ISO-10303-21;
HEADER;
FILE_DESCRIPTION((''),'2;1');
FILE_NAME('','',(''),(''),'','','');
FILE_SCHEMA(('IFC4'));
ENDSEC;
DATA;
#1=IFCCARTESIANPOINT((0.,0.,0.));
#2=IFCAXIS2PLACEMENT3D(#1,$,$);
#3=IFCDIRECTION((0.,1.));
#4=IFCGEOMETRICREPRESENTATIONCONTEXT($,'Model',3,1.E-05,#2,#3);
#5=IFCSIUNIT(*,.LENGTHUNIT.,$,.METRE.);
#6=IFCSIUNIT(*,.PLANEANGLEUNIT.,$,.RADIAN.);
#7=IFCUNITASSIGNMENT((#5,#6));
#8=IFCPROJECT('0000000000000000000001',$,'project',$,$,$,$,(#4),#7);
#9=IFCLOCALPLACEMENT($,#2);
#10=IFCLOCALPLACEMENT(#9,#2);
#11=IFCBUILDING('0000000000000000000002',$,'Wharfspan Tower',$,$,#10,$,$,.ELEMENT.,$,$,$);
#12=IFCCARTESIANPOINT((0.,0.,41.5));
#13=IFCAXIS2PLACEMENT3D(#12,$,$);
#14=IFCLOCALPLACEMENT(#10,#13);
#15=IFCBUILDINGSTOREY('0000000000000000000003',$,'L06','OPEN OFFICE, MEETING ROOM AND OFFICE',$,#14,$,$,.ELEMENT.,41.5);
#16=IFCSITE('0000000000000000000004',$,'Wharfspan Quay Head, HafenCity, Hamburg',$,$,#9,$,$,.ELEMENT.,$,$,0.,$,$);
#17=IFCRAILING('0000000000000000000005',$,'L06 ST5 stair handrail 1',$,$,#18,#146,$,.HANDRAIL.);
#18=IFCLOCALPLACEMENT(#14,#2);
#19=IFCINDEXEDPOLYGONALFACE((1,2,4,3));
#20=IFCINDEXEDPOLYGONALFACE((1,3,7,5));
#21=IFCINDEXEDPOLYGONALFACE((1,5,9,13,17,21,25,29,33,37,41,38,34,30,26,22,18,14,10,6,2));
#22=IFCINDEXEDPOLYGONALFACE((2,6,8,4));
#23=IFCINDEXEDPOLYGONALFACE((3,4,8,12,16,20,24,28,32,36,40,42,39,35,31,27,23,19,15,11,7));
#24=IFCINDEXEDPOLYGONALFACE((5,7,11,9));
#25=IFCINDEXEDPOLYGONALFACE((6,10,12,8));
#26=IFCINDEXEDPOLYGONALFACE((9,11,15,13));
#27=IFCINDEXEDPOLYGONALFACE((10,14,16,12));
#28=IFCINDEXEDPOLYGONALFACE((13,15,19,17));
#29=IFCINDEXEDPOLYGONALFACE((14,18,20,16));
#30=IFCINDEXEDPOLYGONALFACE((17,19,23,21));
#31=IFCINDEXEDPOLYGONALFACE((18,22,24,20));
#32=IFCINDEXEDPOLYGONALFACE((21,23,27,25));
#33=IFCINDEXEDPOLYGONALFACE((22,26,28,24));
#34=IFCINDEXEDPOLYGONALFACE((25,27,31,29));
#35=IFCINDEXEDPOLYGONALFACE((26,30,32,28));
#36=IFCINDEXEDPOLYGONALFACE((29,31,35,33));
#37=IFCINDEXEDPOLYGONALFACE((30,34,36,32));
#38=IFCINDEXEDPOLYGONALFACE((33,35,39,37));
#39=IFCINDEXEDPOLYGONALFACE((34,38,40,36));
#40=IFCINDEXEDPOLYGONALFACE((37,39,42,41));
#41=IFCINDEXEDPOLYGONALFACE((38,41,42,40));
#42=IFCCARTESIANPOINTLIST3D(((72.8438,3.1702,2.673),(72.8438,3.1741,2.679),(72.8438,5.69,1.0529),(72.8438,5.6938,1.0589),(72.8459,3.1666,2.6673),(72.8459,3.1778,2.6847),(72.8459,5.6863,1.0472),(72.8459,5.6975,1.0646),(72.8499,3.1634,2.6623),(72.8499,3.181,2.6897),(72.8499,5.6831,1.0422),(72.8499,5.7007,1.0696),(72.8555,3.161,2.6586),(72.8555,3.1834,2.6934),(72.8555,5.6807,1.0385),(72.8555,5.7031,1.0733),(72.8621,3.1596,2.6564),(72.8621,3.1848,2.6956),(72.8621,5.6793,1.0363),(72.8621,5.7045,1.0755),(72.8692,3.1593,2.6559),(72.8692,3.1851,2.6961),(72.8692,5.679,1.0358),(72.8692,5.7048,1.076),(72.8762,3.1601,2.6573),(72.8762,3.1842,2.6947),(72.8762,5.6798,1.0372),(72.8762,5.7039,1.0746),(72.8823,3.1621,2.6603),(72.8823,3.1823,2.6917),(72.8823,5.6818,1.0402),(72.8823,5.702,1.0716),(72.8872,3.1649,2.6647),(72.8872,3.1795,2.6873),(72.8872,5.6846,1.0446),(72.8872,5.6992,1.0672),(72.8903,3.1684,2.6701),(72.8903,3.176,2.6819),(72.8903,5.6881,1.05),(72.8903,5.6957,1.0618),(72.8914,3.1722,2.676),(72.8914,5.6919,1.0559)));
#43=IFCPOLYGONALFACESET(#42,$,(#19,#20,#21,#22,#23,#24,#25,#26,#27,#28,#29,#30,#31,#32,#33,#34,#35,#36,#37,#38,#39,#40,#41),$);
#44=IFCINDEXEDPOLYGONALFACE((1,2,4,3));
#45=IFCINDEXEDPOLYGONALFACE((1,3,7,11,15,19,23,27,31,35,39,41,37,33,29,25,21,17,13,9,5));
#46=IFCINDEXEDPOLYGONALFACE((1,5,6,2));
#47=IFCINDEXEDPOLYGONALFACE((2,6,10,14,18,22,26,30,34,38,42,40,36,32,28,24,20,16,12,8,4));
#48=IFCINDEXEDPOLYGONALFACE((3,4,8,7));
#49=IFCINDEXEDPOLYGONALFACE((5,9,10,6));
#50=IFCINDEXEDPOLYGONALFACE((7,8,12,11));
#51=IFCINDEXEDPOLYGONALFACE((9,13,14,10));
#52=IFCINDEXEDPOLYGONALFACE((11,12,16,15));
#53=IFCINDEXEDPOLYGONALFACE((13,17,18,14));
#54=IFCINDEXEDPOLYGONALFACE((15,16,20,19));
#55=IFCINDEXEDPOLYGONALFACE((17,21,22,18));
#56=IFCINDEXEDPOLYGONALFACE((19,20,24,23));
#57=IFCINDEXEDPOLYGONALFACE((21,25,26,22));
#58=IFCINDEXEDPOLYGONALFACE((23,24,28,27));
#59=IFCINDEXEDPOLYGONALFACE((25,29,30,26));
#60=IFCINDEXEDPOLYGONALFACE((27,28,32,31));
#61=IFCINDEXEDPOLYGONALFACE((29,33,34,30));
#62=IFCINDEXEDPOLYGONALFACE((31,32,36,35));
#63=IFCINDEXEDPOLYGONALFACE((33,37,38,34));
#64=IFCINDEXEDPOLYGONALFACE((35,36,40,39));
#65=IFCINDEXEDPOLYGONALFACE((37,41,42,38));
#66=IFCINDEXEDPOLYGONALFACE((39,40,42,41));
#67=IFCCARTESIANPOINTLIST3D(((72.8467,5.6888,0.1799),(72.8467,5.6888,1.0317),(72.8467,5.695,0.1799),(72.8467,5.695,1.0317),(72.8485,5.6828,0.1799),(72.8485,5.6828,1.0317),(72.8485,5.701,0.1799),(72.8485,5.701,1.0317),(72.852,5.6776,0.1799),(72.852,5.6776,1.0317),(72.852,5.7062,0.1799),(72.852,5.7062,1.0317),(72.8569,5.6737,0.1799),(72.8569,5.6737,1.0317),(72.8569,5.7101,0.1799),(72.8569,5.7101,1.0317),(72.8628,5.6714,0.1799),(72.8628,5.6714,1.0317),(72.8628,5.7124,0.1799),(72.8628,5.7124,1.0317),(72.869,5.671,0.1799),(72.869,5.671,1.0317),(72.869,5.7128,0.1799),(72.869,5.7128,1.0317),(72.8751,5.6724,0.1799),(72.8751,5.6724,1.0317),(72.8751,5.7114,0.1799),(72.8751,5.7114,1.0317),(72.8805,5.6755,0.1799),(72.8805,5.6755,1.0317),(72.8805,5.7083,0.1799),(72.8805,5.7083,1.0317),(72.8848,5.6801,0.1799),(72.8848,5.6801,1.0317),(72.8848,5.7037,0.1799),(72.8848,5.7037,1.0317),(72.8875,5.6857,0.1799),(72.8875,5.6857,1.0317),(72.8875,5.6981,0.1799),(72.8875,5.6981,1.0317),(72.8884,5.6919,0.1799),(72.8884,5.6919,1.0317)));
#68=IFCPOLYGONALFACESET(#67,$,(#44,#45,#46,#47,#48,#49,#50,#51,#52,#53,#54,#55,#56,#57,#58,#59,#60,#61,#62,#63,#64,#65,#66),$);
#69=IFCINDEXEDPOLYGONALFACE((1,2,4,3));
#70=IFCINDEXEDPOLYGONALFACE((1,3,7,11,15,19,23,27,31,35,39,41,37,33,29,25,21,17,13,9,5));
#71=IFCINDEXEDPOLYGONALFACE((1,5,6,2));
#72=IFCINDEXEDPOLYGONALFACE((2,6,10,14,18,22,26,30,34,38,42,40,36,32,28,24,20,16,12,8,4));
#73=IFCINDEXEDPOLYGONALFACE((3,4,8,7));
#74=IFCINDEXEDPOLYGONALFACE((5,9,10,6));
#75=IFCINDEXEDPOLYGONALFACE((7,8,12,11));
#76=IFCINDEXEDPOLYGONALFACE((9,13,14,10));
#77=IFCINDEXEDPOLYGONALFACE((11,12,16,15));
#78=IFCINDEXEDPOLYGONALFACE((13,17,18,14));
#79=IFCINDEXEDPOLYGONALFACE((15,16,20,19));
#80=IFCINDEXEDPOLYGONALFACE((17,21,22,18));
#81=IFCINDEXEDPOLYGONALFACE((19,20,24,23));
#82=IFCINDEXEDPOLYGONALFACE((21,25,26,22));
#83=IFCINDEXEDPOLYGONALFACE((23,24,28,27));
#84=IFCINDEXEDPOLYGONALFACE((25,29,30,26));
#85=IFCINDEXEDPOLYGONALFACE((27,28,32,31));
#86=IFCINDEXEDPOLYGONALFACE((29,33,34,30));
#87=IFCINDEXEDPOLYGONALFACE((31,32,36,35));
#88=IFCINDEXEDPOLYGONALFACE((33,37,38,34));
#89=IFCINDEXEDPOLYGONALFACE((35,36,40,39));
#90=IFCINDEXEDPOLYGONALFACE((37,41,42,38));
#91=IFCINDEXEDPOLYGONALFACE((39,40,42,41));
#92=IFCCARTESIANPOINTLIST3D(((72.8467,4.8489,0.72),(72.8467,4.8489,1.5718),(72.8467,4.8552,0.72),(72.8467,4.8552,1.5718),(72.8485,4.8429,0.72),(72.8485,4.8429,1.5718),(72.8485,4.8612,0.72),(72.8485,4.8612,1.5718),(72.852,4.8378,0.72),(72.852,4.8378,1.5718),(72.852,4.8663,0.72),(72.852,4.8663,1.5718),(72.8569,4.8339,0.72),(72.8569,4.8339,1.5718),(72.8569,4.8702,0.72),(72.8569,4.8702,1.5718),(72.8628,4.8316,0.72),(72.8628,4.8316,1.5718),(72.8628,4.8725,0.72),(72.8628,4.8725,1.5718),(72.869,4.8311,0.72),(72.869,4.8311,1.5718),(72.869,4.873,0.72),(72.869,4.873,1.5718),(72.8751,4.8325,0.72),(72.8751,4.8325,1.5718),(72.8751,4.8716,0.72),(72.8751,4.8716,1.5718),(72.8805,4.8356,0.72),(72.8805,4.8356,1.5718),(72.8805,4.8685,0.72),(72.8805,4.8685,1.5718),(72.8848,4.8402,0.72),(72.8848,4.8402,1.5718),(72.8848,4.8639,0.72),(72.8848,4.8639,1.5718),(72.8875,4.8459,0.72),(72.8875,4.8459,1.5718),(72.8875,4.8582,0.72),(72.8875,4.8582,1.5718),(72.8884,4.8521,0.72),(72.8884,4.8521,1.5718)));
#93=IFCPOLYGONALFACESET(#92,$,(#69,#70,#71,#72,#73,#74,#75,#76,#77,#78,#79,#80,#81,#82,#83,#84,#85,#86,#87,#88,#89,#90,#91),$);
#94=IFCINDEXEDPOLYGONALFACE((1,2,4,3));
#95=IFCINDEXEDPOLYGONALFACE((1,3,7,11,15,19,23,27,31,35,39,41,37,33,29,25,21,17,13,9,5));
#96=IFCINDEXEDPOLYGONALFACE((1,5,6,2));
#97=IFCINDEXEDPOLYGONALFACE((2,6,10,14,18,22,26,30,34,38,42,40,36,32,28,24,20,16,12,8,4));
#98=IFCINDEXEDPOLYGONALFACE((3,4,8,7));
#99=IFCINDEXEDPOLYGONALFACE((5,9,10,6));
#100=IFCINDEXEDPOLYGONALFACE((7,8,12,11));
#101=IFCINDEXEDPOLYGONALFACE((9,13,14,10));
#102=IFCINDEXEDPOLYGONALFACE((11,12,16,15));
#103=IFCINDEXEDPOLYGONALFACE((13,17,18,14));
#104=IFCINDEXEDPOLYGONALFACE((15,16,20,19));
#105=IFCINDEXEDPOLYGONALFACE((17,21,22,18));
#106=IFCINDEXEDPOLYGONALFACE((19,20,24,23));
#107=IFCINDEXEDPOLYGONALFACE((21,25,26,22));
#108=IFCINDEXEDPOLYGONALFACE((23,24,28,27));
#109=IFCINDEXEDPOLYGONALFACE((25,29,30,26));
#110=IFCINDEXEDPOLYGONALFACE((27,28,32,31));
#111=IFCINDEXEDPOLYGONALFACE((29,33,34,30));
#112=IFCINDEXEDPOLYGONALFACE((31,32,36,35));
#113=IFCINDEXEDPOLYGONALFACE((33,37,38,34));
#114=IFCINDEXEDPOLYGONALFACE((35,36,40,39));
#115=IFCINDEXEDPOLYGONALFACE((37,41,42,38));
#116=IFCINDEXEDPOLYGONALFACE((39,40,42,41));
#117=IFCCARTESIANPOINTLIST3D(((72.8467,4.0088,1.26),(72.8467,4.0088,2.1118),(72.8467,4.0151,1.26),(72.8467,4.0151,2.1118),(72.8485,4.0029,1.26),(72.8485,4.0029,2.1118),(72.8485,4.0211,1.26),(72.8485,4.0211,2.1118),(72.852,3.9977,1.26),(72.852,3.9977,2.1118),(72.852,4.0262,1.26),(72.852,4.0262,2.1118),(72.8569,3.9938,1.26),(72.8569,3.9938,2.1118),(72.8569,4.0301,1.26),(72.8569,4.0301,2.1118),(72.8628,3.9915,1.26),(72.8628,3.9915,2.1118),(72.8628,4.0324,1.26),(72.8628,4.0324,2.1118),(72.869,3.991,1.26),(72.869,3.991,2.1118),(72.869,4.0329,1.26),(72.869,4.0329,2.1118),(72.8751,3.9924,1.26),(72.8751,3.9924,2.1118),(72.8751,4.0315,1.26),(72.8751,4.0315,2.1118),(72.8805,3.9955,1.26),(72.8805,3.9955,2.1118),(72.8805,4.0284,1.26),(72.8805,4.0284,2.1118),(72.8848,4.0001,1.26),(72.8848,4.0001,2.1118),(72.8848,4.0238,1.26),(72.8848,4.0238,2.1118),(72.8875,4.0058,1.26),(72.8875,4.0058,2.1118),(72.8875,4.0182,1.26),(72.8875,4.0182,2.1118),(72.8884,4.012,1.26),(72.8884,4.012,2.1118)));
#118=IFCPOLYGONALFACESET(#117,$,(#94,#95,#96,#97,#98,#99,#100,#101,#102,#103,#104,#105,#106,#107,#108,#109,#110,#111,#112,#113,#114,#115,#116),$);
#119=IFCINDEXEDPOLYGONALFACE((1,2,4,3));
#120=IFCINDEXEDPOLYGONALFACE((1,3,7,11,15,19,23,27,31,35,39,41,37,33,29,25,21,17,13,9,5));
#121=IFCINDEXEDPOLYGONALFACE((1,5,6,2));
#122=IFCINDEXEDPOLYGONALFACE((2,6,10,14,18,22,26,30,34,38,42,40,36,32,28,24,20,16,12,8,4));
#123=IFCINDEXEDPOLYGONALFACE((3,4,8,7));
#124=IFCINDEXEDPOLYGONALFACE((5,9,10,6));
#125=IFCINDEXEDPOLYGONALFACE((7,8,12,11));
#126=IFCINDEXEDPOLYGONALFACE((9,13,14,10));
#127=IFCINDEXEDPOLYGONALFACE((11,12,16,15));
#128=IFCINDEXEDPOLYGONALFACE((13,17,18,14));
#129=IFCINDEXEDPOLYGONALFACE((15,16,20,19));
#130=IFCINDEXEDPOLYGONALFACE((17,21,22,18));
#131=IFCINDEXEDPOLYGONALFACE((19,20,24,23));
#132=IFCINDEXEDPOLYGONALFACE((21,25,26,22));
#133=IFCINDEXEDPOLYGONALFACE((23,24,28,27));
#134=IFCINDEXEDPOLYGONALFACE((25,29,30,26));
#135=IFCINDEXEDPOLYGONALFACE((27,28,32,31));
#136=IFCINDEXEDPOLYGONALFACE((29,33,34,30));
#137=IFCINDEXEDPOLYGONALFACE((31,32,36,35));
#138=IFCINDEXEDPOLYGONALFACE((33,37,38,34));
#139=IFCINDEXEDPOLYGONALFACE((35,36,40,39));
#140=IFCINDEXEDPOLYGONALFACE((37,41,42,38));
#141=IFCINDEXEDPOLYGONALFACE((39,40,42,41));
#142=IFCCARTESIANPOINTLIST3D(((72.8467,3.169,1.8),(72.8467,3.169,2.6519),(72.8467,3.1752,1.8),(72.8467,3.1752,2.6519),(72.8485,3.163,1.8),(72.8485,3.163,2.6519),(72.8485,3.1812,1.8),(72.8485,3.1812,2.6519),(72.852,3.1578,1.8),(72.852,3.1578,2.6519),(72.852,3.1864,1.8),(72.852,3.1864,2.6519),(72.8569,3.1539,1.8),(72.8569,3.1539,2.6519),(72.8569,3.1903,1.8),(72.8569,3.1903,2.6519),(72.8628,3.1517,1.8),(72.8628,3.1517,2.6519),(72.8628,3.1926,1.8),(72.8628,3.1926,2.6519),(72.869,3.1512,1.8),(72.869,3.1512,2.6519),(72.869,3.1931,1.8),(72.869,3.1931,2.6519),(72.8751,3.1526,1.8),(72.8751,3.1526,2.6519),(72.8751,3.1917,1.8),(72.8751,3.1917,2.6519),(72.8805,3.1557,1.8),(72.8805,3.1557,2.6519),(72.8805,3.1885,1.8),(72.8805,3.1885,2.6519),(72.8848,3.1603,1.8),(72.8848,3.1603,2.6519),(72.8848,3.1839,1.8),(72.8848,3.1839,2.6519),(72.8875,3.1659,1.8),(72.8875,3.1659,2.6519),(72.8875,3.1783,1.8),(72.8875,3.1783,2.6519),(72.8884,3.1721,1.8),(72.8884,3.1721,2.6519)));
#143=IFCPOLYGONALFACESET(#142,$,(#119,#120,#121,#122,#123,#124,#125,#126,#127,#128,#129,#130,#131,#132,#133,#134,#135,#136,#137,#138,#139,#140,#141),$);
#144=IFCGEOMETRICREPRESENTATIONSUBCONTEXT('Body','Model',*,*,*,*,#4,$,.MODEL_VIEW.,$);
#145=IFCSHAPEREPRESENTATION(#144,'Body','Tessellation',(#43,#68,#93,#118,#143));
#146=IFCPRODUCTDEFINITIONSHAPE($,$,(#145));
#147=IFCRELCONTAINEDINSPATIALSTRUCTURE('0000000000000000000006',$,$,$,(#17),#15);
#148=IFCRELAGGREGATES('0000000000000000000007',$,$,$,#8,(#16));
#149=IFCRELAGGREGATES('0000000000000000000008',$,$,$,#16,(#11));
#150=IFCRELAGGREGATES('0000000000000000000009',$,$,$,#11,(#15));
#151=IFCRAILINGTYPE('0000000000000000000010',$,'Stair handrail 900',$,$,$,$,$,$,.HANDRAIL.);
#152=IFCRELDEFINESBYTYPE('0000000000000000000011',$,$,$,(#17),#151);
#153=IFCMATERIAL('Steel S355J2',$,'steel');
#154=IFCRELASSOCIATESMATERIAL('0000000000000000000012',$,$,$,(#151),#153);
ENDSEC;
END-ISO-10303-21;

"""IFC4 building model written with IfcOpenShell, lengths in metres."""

from ifc_helpers import new_model, si_unit, direction, frame, origin, origin_2d, place, context, subcontext, project, spatial, circle, extrude, material, type_object, element, save


model = new_model("IFC4")

# Units and contexts
model_context = context("Model", 3, precision=1e-05, world=origin(), true_north=direction((0.0, 1.0)))
body_context = subcontext(model_context, "Body", "Model", "MODEL_VIEW")
ifc_project = project(units=[si_unit("LENGTHUNIT", "METRE"), si_unit("PLANEANGLEUNIT", "RADIAN")], contexts=[model_context])

# Site, building, storey
site_placement = place(None, origin())
site = spatial("IfcSite", under=ifc_project, at=site_placement, Name="Wharfspan Quay Head, HafenCity, Hamburg", CompositionType="ELEMENT", RefElevation=0.0)
building_placement = place(site_placement, origin())
building = spatial("IfcBuilding", under=site, at=building_placement, Name="Wharfspan Tower", CompositionType="ELEMENT")
storey_placement = place(building_placement, frame((0.0, 0.0, 41.5)))
storey = spatial("IfcBuildingStorey", under=building, at=storey_placement, Name="L06", Description="OPEN OFFICE, MEETING ROOM AND OFFICE", CompositionType="ELEMENT", Elevation=41.5)

# Shared definitions
ifc_material_1 = material(Name="Steel S355J2", Category="steel")

# Railing
railing_type_1 = type_object("IfcRailingType", Name="Stair handrail 900", PredefinedType="HANDRAIL", material=ifc_material_1)
railing_1_placement = place(storey_placement, frame((72.8674, 5.6919, 0.1799)))
element("IfcRailing", 1, at=railing_1_placement, inside=storey, type_object=railing_type_1, Name="L06 ST5 stair handrail 1", PredefinedType="HANDRAIL", context=body_context, shape_type="SweptSolid", body=[
    extrude(circle(Radius=0.0239, at=origin_2d()), frame((0.0, 0.0, 0.876), z_axis=(0.0, -0.841139, 0.540819), x_axis=(1.0, 0.0, 0.0)), (0.0, 0.0, 1.0), 2.9956),
    extrude(circle(Radius=0.021, at=origin_2d()), origin(), (0.0, 0.0, 1.0), 0.8518),
    extrude(circle(Radius=0.021, at=origin_2d()), frame((0.0, -0.8398, 0.54)), (0.0, 0.0, 1.0), 0.8518),
    extrude(circle(Radius=0.021, at=origin_2d()), frame((0.0, -1.6799, 1.0801)), (0.0, 0.0, 1.0), 0.8518),
    extrude(circle(Radius=0.021, at=origin_2d()), frame((0.0, -2.5198, 1.6201)), (0.0, 0.0, 1.0), 0.8518),
])

save(model, "model.ifc")
